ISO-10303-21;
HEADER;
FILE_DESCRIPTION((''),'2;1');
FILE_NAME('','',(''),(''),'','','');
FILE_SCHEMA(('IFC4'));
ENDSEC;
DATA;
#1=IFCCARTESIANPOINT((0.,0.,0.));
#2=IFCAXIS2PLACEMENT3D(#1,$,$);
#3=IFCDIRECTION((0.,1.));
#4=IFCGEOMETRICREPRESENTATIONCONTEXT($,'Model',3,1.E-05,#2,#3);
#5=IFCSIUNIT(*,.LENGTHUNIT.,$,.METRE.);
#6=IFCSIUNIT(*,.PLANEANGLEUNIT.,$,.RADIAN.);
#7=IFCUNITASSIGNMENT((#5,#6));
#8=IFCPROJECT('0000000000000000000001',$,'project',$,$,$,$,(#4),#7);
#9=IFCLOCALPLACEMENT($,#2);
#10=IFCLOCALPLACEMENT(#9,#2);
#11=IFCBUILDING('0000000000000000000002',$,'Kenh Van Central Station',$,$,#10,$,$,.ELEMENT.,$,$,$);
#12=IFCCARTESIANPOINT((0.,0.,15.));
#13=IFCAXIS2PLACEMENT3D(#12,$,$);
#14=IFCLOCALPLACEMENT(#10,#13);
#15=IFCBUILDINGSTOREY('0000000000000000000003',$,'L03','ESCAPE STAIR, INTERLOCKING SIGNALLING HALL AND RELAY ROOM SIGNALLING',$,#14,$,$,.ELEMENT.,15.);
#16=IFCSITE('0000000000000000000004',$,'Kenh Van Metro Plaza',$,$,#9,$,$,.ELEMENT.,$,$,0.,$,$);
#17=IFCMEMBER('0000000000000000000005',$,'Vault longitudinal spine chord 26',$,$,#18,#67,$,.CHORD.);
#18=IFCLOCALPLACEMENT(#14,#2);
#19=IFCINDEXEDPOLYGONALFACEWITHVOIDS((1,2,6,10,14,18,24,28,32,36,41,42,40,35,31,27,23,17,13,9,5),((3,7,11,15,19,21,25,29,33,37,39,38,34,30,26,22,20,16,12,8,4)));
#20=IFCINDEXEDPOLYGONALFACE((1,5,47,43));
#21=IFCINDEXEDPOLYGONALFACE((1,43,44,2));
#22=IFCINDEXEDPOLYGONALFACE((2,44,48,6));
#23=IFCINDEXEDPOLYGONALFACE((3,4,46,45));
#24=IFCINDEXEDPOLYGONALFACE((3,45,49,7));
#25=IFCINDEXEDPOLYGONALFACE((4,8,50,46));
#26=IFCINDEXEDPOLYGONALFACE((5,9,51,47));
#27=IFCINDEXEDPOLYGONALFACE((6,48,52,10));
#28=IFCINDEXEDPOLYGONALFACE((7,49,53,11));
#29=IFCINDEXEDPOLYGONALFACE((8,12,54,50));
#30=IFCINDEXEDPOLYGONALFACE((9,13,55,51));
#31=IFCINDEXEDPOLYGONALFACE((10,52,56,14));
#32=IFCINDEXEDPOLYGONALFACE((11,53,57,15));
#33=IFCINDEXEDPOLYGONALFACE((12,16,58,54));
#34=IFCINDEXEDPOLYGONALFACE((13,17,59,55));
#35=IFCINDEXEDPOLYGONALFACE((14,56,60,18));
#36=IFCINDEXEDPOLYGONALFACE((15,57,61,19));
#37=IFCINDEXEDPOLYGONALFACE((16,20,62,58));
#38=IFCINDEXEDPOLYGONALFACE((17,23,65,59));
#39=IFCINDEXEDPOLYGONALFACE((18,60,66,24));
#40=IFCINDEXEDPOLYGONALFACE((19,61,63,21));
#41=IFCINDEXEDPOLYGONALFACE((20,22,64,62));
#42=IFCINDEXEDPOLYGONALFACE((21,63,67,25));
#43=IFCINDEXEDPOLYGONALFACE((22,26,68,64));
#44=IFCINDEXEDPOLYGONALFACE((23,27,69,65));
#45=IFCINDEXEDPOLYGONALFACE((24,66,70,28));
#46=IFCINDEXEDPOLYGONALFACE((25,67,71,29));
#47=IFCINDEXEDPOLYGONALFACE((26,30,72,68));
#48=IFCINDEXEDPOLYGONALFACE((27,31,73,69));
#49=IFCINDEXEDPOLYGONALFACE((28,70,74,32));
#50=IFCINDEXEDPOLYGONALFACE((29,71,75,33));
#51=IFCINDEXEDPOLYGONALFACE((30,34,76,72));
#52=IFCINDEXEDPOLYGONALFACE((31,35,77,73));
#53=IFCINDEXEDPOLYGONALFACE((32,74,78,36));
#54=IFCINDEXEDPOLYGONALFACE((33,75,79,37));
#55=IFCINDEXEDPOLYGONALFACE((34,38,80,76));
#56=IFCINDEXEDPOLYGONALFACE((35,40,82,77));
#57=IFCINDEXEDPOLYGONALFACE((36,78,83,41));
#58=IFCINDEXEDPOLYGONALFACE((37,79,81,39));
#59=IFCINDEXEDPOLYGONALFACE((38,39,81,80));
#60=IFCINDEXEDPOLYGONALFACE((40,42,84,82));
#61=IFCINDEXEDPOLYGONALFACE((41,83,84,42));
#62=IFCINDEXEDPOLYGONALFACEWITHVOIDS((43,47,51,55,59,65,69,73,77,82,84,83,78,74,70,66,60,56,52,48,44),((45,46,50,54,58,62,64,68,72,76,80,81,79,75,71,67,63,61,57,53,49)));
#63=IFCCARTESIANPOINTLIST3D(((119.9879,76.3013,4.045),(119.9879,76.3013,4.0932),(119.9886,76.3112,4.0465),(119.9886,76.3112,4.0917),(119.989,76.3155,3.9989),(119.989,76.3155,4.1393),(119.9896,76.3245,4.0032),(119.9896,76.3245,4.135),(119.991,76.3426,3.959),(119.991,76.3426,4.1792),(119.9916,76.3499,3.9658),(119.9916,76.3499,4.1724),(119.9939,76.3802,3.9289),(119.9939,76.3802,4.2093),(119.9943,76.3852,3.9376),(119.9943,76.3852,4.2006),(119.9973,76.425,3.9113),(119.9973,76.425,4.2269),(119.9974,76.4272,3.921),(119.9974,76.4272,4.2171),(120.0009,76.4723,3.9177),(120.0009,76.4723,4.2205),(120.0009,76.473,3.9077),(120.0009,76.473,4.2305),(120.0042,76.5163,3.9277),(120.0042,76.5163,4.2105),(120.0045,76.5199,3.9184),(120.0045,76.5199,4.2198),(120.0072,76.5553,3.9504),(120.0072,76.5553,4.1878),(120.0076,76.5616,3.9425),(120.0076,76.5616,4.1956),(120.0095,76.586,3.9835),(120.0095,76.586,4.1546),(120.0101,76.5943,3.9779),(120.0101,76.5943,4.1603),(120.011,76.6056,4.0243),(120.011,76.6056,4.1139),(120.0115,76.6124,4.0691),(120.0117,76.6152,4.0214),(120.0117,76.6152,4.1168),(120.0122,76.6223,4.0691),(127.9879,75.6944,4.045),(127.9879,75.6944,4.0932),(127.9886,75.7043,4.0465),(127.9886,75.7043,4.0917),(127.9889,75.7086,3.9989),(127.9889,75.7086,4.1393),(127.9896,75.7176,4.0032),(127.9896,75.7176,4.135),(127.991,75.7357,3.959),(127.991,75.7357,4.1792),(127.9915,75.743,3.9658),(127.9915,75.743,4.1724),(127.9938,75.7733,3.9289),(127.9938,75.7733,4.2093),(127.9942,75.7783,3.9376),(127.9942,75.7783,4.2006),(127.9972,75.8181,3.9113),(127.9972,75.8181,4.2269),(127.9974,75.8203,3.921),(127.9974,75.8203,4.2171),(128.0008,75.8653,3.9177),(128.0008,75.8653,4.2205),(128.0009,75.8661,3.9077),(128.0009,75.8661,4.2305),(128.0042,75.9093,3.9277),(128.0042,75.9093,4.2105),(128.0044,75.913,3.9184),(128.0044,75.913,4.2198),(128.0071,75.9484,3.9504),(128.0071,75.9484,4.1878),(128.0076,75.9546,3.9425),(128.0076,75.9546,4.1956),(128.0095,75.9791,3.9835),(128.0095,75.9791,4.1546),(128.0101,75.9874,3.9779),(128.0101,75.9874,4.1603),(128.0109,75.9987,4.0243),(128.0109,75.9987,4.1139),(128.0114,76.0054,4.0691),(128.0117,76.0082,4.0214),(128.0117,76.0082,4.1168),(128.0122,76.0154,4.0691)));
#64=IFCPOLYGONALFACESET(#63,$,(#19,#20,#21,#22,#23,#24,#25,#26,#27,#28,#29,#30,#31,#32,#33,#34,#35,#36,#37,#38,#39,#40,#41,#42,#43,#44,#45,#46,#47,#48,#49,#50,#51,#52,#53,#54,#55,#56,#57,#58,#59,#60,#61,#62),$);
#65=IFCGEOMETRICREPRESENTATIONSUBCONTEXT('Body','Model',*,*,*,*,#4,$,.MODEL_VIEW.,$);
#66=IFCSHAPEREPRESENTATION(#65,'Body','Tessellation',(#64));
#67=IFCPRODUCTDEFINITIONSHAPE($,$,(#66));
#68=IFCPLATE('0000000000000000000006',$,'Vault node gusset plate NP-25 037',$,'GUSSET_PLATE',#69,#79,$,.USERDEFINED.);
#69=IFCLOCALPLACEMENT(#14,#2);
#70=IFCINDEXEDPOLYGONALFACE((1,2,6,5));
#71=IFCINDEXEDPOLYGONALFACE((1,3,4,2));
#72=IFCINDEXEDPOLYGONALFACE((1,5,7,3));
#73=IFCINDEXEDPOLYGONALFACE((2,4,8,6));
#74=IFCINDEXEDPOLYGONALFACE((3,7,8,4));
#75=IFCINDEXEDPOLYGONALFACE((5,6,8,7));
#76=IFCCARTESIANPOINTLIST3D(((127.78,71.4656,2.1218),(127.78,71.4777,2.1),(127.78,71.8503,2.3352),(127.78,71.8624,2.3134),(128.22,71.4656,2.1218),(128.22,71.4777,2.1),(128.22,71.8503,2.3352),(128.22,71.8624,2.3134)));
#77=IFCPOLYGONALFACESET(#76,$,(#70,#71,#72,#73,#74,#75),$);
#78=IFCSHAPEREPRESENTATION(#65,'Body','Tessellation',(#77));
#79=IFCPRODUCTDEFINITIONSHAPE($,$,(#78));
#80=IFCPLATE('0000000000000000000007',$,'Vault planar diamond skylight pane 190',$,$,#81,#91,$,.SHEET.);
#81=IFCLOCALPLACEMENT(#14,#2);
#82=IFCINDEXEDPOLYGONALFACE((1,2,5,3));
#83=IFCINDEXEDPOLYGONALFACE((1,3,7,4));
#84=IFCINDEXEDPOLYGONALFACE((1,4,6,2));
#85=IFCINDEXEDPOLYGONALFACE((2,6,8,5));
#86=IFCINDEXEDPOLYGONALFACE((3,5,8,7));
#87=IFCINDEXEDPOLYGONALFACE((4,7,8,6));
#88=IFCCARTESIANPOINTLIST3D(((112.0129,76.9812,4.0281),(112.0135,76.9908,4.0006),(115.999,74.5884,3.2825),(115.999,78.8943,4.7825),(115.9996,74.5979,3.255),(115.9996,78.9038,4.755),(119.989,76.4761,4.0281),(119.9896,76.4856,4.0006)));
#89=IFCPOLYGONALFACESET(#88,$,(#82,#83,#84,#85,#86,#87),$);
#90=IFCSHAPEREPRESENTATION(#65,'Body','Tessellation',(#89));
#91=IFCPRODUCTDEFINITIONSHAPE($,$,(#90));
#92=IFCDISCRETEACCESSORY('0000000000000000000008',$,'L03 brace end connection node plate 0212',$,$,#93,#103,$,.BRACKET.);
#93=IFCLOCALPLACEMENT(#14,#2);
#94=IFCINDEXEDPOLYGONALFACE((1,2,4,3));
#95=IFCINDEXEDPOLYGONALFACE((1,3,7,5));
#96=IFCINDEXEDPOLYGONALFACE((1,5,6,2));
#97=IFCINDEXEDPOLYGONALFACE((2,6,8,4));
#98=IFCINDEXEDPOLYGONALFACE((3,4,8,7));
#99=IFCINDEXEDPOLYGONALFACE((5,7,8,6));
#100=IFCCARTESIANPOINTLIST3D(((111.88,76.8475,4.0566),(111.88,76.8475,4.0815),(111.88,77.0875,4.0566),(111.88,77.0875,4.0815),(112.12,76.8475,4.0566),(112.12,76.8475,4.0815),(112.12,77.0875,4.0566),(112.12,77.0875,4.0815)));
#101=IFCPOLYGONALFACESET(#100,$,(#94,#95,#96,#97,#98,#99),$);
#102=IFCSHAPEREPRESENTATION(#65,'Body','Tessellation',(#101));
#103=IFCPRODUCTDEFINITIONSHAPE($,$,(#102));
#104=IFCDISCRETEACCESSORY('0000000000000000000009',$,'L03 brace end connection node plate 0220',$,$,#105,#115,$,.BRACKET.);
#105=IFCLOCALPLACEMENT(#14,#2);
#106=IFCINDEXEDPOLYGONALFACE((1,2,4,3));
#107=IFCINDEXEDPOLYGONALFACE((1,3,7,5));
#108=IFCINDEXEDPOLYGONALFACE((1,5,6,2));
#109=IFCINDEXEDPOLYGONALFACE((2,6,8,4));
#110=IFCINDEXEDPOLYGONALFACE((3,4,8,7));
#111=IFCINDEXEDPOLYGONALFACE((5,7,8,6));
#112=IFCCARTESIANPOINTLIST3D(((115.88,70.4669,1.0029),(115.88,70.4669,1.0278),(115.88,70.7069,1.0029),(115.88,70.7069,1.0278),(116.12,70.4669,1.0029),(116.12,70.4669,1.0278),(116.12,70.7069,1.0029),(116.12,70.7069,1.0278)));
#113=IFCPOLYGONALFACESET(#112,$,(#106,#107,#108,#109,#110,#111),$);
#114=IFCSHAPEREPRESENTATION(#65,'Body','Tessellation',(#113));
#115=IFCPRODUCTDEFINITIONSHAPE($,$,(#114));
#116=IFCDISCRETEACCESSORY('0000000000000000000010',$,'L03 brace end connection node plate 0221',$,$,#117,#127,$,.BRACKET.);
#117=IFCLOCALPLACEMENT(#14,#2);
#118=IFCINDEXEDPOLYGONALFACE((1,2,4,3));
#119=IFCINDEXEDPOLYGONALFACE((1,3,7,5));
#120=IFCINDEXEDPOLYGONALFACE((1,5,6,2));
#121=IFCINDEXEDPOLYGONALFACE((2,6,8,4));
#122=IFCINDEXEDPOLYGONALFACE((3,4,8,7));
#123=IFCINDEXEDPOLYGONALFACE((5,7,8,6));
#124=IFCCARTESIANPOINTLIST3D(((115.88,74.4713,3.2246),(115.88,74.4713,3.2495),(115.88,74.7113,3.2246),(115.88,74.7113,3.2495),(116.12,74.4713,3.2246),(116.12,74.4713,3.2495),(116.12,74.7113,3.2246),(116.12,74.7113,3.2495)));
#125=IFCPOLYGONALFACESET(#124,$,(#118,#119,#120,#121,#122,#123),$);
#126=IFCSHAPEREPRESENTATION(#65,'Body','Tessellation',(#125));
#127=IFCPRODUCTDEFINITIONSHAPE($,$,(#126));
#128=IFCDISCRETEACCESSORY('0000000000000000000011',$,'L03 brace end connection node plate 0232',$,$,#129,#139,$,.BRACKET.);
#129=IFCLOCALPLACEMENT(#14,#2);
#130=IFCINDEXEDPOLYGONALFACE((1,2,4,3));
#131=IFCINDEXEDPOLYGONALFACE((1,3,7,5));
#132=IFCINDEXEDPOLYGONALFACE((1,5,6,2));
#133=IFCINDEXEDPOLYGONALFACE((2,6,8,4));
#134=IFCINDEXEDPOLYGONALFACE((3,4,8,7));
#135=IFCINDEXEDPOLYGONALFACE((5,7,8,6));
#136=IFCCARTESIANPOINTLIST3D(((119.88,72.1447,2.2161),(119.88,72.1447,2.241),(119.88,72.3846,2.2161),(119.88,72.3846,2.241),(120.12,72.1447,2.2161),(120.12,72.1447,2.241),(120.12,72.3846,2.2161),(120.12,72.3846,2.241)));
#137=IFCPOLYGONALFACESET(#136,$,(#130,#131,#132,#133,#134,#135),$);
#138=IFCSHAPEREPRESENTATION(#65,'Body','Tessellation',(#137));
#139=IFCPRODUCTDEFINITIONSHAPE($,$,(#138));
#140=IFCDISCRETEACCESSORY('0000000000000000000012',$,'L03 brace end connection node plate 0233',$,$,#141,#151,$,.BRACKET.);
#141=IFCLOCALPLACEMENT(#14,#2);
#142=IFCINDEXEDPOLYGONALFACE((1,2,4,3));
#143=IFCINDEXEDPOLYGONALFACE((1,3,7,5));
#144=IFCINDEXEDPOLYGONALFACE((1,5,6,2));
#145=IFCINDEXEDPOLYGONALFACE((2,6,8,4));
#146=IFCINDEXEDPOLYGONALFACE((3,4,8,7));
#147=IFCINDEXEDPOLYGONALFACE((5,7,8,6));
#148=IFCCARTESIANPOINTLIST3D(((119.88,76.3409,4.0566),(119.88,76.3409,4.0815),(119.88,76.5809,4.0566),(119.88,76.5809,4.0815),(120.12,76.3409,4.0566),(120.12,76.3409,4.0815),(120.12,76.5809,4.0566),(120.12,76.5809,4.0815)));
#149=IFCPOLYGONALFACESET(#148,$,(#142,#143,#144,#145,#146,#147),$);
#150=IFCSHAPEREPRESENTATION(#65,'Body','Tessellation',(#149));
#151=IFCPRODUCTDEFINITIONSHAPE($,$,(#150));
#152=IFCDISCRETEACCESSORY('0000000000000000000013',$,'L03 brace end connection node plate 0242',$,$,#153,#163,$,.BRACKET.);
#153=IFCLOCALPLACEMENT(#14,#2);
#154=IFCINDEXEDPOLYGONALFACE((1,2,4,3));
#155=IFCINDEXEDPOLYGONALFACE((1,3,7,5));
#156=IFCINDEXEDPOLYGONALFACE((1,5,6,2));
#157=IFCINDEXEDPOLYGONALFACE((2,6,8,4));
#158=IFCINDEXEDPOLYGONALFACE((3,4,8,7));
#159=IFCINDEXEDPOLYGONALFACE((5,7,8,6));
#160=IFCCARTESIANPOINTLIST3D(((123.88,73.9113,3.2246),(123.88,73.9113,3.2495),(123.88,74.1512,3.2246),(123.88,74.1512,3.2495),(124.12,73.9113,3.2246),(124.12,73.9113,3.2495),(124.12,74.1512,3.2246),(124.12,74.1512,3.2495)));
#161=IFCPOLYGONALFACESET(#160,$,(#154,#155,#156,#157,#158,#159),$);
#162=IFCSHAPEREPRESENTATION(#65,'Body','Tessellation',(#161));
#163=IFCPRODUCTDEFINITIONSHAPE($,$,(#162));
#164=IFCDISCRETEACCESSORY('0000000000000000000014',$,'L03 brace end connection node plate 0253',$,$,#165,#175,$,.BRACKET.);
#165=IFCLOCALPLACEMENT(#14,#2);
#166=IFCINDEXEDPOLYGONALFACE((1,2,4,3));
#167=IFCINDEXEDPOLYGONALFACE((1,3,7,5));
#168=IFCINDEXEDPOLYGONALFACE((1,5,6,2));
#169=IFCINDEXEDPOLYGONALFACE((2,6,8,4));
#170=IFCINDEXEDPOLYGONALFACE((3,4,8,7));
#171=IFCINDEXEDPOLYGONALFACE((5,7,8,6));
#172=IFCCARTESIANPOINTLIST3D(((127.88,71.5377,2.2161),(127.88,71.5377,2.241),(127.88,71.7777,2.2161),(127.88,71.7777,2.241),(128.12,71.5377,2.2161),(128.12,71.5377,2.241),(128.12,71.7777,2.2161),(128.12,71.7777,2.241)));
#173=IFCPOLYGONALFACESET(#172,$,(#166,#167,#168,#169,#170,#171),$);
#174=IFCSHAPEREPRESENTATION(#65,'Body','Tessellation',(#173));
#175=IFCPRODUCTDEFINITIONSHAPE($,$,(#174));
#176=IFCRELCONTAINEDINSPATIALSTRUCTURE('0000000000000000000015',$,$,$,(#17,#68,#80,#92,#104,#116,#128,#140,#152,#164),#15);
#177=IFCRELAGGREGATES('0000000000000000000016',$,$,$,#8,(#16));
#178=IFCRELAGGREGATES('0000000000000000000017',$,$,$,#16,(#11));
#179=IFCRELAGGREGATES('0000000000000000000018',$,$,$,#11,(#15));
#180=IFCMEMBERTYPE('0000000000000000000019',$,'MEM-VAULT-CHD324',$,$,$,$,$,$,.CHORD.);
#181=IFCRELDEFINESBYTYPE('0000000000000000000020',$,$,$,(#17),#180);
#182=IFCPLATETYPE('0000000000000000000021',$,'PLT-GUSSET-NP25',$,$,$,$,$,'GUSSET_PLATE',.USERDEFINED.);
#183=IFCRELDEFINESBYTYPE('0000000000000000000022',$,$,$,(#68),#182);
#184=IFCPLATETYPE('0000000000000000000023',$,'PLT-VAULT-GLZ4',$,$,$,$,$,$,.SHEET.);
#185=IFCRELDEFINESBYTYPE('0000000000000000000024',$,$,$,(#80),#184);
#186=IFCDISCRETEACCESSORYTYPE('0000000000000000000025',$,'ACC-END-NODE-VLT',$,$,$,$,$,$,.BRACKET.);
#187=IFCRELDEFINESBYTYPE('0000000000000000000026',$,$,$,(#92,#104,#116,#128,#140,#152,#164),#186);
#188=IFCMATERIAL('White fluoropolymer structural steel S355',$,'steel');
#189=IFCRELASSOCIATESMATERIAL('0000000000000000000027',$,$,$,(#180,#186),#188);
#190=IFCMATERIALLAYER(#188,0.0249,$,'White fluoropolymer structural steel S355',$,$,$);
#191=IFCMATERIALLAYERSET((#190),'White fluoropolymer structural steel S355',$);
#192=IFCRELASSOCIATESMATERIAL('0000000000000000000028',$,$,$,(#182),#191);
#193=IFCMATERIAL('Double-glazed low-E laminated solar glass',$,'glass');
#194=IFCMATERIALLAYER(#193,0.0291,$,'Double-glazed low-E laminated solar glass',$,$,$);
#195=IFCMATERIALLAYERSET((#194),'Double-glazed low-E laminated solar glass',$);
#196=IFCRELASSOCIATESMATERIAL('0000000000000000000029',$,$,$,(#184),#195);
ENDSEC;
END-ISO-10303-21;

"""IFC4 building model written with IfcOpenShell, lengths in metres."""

from ifc_helpers import new_model, si_unit, direction, frame, origin, origin_2d, place, context, subcontext, project, spatial, polyline, rectangle, hollow_circle, outline, extrude, material, layer, layer_set, material_profile, profile_set, type_object, element, save


model = new_model("IFC4")

# Units and contexts
model_context = context("Model", 3, precision=1e-05, world=origin(), true_north=direction((0.0, 1.0)))
body_context = subcontext(model_context, "Body", "Model", "MODEL_VIEW")
ifc_project = project(units=[si_unit("LENGTHUNIT", "METRE"), si_unit("PLANEANGLEUNIT", "RADIAN")], contexts=[model_context])

# Site, building, storey
site_placement = place(None, origin())
site = spatial("IfcSite", under=ifc_project, at=site_placement, Name="Kenh Van Metro Plaza", CompositionType="ELEMENT", RefElevation=0.0)
building_placement = place(site_placement, origin())
building = spatial("IfcBuilding", under=site, at=building_placement, Name="Kenh Van Central Station", CompositionType="ELEMENT")
storey_placement = place(building_placement, frame((0.0, 0.0, 15.0)))
storey = spatial("IfcBuildingStorey", under=building, at=storey_placement, Name="L03", Description="ESCAPE STAIR, INTERLOCKING SIGNALLING HALL AND RELAY ROOM SIGNALLING", CompositionType="ELEMENT", Elevation=15.0)

# Shared definitions
ifc_material_1 = material(Name="White fluoropolymer structural steel S355", Category="steel")

# Member
ifc_material_profile_1 = material_profile(ifc_material_1, hollow_circle(Radius=0.1619, WallThickness=0.01, at=origin_2d()), Name="CHS 323.9x10")
ifc_profile_set_1 = profile_set([ifc_material_profile_1], Name="White fluoropolymer structural steel S355")
member_type_1 = type_object("IfcMemberType", Name="MEM-VAULT-CHD324", PredefinedType="CHORD", material=ifc_profile_set_1)
member_1_placement = place(storey_placement, frame((120.0, 76.4609, 4.0691), z_axis=(0.997134, -0.075649, 0.0), x_axis=(0.075649, 0.997134, 0.0)))
element("IfcMember", 1, at=member_1_placement, inside=storey, type_object=member_type_1, Name="Vault longitudinal spine chord 26", PredefinedType="CHORD", context=body_context, shape_type="SweptSolid", body=[
    extrude(hollow_circle(Radius=0.1619, WallThickness=0.01, at=origin_2d()), origin(), (0.0, 0.0, 1.0), 8.0229),
])

# Plates
ifc_layer_1 = layer(ifc_material_1, 0.0249, Name="White fluoropolymer structural steel S355")
ifc_layer_set_1 = layer_set([ifc_layer_1], Name="White fluoropolymer structural steel S355")
plate_type_1 = type_object("IfcPlateType", Name="PLT-GUSSET-NP25", ElementType="GUSSET_PLATE", PredefinedType="USERDEFINED", material=ifc_layer_set_1)
plate_1_placement = place(storey_placement, frame((127.78, 71.4656, 2.1218), z_axis=(0.0, -0.484983, 0.874523), x_axis=(1.0, 0.0, 0.0)))
element("IfcPlate", 2, at=plate_1_placement, inside=storey, type_object=plate_type_1, Name="Vault node gusset plate NP-25 037", ObjectType="GUSSET_PLATE", PredefinedType="USERDEFINED", context=body_context, shape_type="SweptSolid", body=[
    extrude(outline(polyline([(0.0, 0.0), (0.4399, 0.0), (0.4399, 0.44), (0.0, 0.44), (0.0, 0.0)])), origin(), (0.0, 0.0, -1.0), 0.0249),
])
ifc_material_2 = material(Name="Double-glazed low-E laminated solar glass", Category="glass")
ifc_layer_2 = layer(ifc_material_2, 0.0291, Name="Double-glazed low-E laminated solar glass")
ifc_layer_set_2 = layer_set([ifc_layer_2], Name="Double-glazed low-E laminated solar glass")
plate_type_2 = type_object("IfcPlateType", Name="PLT-VAULT-GLZ4", PredefinedType="SHEET", material=ifc_layer_set_2)
plate_2_placement = place(storey_placement, frame((112.0129, 76.9812, 4.0281), z_axis=(-0.020829, -0.328898, 0.944136), x_axis=(0.846564, -0.508186, -0.158354)))
element("IfcPlate", 3, at=plate_2_placement, inside=storey, type_object=plate_type_2, Name="Vault planar diamond skylight pane 190", PredefinedType="SHEET", context=body_context, shape_type="SweptSolid", body=[
    extrude(outline(polyline([(0.0, 0.0), (4.7085, 0.0), (7.009, 3.8402), (2.2828, 3.8609), (0.0, 0.0)])), origin(), (0.0, 0.0, -1.0), 0.0291),
])

# Discrete accessories
discrete_accessory_type = type_object("IfcDiscreteAccessoryType", Name="ACC-END-NODE-VLT", PredefinedType="BRACKET", material=ifc_material_1)
for number, where, z_axis, x_axis, name in (
    (4, (112.0, 76.9675, 4.0566), (0.0, 0.0, 1.0), (1.0, 0.0, 0.0), "L03 brace end connection node plate 0212"),
    (5, (116.0, 70.5869, 1.0029), (0.0, 0.0, 1.0), (1.0, 0.0, 0.0), "L03 brace end connection node plate 0220"),
    (6, (116.0, 74.5913, 3.2246), (0.0, 0.0, 1.0), (1.0, 0.0, 0.0), "L03 brace end connection node plate 0221"),
    (7, (120.0, 72.2646, 2.2161), (0.0, 0.0, 1.0), (1.0, 0.0, 0.0), "L03 brace end connection node plate 0232"),
    (8, (120.0, 76.4609, 4.0566), (0.0, 0.0, 1.0), (1.0, 0.0, 0.0), "L03 brace end connection node plate 0233"),
    (9, (124.0, 74.0312, 3.2246), (0.0, 0.0, 1.0), (1.0, 0.0, 0.0), "L03 brace end connection node plate 0242"),
    (10, (128.0, 71.6577, 2.2161), (0.0, 0.0, 1.0), (1.0, 0.0, 0.0), "L03 brace end connection node plate 0253"),
):
    element("IfcDiscreteAccessory", number, at=place(storey_placement, frame(where, z_axis=z_axis, x_axis=x_axis)), inside=storey, type_object=discrete_accessory_type, Name=name, PredefinedType="BRACKET", context=body_context, shape_type="SweptSolid", body=[
        extrude(rectangle(XDim=0.24, YDim=0.24, at=origin_2d()), origin(), (0.0, 0.0, 1.0), 0.0249),
    ])

save(model, "model.ifc")
